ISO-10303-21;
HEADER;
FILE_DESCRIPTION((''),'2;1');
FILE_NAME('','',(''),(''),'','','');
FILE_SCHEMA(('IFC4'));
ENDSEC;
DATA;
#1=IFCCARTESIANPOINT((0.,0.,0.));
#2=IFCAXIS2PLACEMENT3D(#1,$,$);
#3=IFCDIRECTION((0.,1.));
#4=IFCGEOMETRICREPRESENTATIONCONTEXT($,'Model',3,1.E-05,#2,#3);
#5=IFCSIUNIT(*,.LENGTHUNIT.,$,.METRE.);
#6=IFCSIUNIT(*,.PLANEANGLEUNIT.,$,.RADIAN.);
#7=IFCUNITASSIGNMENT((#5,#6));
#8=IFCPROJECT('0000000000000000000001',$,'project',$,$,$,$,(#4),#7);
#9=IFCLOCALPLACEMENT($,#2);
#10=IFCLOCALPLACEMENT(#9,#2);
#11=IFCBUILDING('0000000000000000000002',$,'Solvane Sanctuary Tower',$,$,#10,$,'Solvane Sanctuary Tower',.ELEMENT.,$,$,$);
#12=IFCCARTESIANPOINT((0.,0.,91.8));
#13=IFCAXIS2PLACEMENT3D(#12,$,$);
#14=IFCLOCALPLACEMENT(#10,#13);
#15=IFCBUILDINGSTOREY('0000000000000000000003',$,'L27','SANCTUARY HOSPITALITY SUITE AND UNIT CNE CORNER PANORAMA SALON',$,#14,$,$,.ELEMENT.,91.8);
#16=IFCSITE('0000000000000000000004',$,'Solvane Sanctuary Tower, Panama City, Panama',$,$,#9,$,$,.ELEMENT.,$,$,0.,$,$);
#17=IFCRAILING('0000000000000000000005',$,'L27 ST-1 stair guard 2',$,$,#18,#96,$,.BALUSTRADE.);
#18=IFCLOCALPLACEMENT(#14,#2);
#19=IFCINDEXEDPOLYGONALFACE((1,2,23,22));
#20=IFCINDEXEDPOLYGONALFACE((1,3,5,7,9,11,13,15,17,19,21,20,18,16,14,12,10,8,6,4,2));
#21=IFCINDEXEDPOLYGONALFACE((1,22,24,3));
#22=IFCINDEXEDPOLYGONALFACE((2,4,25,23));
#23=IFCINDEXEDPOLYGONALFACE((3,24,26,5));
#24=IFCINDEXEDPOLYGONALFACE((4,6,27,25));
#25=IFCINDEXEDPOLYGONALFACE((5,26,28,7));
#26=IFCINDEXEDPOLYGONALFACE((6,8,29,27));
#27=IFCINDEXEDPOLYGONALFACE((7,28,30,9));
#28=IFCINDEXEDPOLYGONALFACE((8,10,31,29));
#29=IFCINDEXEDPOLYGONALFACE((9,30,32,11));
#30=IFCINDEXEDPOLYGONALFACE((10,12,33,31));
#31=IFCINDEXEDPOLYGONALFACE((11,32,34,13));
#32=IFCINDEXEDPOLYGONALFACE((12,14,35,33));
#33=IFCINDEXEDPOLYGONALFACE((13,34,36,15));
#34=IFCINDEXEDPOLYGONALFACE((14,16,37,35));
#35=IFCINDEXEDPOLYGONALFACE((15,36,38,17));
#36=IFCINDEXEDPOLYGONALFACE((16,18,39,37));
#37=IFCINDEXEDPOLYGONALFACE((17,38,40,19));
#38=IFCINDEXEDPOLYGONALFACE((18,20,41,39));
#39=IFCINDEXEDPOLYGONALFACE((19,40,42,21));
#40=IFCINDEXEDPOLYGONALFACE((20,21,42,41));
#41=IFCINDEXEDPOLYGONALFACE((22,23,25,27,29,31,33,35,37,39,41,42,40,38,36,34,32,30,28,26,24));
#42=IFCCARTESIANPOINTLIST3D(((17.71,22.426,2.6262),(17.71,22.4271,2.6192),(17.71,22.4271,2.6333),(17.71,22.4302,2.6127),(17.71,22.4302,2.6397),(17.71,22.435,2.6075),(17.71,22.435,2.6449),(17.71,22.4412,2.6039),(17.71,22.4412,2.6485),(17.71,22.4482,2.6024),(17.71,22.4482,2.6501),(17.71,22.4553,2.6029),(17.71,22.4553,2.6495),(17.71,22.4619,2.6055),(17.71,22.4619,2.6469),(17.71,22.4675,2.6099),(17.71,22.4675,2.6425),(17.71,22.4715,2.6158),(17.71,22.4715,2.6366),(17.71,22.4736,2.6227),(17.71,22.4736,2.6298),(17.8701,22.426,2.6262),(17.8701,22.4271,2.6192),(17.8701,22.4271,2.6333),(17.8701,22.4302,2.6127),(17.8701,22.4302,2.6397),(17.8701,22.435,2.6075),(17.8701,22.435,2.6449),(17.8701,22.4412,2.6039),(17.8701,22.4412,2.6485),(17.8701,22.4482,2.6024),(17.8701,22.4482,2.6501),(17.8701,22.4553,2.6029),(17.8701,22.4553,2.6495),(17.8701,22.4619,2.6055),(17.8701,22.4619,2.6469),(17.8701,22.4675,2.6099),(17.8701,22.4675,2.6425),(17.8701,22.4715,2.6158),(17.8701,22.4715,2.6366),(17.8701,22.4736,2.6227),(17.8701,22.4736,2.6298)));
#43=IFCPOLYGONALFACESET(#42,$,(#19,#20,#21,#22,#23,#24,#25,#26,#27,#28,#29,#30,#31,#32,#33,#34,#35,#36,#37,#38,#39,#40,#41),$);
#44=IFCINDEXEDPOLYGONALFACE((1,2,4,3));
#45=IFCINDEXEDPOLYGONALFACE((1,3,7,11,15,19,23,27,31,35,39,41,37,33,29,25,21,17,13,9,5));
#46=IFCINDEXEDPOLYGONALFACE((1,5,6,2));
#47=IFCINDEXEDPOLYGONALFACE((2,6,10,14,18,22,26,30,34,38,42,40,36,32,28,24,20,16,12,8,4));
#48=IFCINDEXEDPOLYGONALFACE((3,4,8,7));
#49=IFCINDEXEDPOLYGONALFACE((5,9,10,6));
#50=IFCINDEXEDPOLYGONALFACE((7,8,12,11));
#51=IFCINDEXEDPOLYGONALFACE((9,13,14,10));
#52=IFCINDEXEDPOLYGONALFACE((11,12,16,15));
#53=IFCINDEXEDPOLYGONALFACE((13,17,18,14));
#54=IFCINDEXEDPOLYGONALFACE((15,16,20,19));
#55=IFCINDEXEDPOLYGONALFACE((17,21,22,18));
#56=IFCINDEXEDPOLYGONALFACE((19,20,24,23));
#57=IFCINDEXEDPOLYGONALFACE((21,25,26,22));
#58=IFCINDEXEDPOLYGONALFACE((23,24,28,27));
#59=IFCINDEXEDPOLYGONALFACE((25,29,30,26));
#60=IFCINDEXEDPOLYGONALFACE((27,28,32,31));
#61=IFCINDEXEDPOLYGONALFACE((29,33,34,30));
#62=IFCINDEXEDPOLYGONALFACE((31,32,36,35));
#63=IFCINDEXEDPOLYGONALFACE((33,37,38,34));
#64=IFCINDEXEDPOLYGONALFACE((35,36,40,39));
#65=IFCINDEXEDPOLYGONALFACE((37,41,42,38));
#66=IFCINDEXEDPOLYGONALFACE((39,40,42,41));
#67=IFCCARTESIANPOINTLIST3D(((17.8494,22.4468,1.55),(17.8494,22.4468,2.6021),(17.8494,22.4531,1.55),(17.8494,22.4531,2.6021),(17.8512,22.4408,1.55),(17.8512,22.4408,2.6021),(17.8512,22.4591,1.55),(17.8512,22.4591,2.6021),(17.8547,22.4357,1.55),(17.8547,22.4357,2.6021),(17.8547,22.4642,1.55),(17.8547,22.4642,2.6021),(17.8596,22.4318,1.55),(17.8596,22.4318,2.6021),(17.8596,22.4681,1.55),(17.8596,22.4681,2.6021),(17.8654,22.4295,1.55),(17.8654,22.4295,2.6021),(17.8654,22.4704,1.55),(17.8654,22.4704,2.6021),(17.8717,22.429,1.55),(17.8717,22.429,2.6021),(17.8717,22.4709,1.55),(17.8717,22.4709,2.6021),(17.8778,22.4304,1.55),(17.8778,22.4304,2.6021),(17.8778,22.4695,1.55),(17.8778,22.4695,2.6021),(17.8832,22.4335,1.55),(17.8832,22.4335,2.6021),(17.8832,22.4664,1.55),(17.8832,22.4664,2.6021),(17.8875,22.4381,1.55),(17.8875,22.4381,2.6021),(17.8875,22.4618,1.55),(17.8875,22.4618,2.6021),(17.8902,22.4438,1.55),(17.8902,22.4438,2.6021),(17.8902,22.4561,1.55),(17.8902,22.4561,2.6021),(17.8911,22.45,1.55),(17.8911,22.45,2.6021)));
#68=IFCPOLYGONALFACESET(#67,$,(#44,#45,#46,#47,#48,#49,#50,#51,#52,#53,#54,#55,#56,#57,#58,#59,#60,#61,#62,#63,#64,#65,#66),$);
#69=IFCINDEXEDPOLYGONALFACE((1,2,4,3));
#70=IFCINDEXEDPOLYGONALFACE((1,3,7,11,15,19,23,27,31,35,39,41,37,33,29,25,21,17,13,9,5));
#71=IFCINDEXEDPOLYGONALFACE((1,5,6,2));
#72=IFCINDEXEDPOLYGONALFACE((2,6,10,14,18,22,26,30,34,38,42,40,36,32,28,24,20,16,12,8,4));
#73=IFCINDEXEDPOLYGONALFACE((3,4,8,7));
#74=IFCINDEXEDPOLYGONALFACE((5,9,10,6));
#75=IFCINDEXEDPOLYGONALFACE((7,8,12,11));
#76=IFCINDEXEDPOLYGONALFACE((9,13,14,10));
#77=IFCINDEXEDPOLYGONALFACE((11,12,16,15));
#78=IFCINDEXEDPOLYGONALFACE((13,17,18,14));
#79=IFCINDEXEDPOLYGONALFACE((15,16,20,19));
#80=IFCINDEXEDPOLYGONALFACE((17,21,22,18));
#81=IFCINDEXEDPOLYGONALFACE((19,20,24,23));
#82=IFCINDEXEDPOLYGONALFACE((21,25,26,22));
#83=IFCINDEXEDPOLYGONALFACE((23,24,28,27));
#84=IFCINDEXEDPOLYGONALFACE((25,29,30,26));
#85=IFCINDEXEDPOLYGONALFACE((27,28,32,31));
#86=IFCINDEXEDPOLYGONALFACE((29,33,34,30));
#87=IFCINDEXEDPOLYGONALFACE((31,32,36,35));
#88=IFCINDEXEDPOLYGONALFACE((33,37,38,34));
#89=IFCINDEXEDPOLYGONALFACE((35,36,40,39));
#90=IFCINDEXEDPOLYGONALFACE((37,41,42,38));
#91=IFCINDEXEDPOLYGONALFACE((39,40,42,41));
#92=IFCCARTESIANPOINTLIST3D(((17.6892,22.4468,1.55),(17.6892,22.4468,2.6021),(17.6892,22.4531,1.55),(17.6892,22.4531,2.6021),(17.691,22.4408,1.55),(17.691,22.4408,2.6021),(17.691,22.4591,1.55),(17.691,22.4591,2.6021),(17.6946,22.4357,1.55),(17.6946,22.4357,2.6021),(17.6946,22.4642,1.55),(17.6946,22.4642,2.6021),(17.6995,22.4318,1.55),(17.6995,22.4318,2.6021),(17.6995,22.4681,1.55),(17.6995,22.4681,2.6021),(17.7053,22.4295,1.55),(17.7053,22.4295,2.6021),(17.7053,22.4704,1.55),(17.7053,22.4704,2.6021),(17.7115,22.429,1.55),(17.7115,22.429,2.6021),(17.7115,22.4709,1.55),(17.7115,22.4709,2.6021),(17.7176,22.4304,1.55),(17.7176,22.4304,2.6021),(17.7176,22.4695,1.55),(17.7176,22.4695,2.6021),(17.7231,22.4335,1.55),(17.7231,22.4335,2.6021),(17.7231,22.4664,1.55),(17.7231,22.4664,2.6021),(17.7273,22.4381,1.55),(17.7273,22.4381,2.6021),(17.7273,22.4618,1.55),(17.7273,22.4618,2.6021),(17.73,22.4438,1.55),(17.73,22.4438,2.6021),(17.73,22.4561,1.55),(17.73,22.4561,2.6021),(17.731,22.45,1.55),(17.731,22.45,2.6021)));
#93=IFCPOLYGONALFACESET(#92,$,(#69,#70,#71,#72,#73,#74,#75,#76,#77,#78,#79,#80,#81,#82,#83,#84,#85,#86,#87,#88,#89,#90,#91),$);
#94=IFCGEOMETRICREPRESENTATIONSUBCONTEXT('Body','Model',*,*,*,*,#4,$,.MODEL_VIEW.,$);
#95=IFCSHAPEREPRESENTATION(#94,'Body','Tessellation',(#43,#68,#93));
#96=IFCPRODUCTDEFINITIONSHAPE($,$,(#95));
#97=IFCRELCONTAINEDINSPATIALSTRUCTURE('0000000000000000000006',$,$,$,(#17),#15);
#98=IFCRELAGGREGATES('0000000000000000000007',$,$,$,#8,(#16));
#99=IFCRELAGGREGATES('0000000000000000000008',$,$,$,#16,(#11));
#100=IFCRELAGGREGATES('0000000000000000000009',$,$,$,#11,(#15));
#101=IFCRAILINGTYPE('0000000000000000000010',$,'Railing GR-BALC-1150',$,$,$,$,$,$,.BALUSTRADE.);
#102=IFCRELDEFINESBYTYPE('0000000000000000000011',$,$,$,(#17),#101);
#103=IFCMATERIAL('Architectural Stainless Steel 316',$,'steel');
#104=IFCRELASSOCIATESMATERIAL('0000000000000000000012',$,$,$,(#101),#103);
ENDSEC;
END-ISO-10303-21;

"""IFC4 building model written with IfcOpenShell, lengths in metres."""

from ifc_helpers import new_model, si_unit, direction, frame, origin, origin_2d, place, context, subcontext, project, spatial, circle, extrude, material, type_object, element, save


model = new_model("IFC4")

# Units and contexts
model_context = context("Model", 3, precision=1e-05, world=origin(), true_north=direction((0.0, 1.0)))
body_context = subcontext(model_context, "Body", "Model", "MODEL_VIEW")
ifc_project = project(units=[si_unit("LENGTHUNIT", "METRE"), si_unit("PLANEANGLEUNIT", "RADIAN")], contexts=[model_context])

# Site, building, storey
site_placement = place(None, origin())
site = spatial("IfcSite", under=ifc_project, at=site_placement, Name="Solvane Sanctuary Tower, Panama City, Panama", CompositionType="ELEMENT", RefElevation=0.0)
building_placement = place(site_placement, origin())
building = spatial("IfcBuilding", under=site, at=building_placement, Name="Solvane Sanctuary Tower", LongName="Solvane Sanctuary Tower", CompositionType="ELEMENT")
storey_placement = place(building_placement, frame((0.0, 0.0, 91.8)))
storey = spatial("IfcBuildingStorey", under=building, at=storey_placement, Name="L27", Description="SANCTUARY HOSPITALITY SUITE AND UNIT CNE CORNER PANORAMA SALON", CompositionType="ELEMENT", Elevation=91.8)

# Shared definitions
ifc_material_1 = material(Name="Architectural Stainless Steel 316", Category="steel")

# Railing
railing_type_1 = type_object("IfcRailingType", Name="Railing GR-BALC-1150", PredefinedType="BALUSTRADE", material=ifc_material_1)
railing_1_placement = place(storey_placement, frame((17.8701, 22.45, 1.55)))
element("IfcRailing", 1, at=railing_1_placement, inside=storey, type_object=railing_type_1, Name="L27 ST-1 stair guard 2", PredefinedType="BALUSTRADE", context=body_context, shape_type="SweptSolid", body=[
    extrude(circle(Radius=0.0239, at=origin_2d()), frame((0.0, 0.0, 1.0762), z_axis=(-1.0, 0.0, 0.0), x_axis=(0.0, -1.0, 0.0)), (0.0, 0.0, 1.0), 0.1602),
    extrude(circle(Radius=0.021, at=origin_2d()), origin(), (0.0, 0.0, 1.0), 1.052),
    extrude(circle(Radius=0.021, at=origin_2d()), frame((-0.1602, 0.0, 0.0)), (0.0, 0.0, 1.0), 1.052),
])

save(model, "model.ifc")
